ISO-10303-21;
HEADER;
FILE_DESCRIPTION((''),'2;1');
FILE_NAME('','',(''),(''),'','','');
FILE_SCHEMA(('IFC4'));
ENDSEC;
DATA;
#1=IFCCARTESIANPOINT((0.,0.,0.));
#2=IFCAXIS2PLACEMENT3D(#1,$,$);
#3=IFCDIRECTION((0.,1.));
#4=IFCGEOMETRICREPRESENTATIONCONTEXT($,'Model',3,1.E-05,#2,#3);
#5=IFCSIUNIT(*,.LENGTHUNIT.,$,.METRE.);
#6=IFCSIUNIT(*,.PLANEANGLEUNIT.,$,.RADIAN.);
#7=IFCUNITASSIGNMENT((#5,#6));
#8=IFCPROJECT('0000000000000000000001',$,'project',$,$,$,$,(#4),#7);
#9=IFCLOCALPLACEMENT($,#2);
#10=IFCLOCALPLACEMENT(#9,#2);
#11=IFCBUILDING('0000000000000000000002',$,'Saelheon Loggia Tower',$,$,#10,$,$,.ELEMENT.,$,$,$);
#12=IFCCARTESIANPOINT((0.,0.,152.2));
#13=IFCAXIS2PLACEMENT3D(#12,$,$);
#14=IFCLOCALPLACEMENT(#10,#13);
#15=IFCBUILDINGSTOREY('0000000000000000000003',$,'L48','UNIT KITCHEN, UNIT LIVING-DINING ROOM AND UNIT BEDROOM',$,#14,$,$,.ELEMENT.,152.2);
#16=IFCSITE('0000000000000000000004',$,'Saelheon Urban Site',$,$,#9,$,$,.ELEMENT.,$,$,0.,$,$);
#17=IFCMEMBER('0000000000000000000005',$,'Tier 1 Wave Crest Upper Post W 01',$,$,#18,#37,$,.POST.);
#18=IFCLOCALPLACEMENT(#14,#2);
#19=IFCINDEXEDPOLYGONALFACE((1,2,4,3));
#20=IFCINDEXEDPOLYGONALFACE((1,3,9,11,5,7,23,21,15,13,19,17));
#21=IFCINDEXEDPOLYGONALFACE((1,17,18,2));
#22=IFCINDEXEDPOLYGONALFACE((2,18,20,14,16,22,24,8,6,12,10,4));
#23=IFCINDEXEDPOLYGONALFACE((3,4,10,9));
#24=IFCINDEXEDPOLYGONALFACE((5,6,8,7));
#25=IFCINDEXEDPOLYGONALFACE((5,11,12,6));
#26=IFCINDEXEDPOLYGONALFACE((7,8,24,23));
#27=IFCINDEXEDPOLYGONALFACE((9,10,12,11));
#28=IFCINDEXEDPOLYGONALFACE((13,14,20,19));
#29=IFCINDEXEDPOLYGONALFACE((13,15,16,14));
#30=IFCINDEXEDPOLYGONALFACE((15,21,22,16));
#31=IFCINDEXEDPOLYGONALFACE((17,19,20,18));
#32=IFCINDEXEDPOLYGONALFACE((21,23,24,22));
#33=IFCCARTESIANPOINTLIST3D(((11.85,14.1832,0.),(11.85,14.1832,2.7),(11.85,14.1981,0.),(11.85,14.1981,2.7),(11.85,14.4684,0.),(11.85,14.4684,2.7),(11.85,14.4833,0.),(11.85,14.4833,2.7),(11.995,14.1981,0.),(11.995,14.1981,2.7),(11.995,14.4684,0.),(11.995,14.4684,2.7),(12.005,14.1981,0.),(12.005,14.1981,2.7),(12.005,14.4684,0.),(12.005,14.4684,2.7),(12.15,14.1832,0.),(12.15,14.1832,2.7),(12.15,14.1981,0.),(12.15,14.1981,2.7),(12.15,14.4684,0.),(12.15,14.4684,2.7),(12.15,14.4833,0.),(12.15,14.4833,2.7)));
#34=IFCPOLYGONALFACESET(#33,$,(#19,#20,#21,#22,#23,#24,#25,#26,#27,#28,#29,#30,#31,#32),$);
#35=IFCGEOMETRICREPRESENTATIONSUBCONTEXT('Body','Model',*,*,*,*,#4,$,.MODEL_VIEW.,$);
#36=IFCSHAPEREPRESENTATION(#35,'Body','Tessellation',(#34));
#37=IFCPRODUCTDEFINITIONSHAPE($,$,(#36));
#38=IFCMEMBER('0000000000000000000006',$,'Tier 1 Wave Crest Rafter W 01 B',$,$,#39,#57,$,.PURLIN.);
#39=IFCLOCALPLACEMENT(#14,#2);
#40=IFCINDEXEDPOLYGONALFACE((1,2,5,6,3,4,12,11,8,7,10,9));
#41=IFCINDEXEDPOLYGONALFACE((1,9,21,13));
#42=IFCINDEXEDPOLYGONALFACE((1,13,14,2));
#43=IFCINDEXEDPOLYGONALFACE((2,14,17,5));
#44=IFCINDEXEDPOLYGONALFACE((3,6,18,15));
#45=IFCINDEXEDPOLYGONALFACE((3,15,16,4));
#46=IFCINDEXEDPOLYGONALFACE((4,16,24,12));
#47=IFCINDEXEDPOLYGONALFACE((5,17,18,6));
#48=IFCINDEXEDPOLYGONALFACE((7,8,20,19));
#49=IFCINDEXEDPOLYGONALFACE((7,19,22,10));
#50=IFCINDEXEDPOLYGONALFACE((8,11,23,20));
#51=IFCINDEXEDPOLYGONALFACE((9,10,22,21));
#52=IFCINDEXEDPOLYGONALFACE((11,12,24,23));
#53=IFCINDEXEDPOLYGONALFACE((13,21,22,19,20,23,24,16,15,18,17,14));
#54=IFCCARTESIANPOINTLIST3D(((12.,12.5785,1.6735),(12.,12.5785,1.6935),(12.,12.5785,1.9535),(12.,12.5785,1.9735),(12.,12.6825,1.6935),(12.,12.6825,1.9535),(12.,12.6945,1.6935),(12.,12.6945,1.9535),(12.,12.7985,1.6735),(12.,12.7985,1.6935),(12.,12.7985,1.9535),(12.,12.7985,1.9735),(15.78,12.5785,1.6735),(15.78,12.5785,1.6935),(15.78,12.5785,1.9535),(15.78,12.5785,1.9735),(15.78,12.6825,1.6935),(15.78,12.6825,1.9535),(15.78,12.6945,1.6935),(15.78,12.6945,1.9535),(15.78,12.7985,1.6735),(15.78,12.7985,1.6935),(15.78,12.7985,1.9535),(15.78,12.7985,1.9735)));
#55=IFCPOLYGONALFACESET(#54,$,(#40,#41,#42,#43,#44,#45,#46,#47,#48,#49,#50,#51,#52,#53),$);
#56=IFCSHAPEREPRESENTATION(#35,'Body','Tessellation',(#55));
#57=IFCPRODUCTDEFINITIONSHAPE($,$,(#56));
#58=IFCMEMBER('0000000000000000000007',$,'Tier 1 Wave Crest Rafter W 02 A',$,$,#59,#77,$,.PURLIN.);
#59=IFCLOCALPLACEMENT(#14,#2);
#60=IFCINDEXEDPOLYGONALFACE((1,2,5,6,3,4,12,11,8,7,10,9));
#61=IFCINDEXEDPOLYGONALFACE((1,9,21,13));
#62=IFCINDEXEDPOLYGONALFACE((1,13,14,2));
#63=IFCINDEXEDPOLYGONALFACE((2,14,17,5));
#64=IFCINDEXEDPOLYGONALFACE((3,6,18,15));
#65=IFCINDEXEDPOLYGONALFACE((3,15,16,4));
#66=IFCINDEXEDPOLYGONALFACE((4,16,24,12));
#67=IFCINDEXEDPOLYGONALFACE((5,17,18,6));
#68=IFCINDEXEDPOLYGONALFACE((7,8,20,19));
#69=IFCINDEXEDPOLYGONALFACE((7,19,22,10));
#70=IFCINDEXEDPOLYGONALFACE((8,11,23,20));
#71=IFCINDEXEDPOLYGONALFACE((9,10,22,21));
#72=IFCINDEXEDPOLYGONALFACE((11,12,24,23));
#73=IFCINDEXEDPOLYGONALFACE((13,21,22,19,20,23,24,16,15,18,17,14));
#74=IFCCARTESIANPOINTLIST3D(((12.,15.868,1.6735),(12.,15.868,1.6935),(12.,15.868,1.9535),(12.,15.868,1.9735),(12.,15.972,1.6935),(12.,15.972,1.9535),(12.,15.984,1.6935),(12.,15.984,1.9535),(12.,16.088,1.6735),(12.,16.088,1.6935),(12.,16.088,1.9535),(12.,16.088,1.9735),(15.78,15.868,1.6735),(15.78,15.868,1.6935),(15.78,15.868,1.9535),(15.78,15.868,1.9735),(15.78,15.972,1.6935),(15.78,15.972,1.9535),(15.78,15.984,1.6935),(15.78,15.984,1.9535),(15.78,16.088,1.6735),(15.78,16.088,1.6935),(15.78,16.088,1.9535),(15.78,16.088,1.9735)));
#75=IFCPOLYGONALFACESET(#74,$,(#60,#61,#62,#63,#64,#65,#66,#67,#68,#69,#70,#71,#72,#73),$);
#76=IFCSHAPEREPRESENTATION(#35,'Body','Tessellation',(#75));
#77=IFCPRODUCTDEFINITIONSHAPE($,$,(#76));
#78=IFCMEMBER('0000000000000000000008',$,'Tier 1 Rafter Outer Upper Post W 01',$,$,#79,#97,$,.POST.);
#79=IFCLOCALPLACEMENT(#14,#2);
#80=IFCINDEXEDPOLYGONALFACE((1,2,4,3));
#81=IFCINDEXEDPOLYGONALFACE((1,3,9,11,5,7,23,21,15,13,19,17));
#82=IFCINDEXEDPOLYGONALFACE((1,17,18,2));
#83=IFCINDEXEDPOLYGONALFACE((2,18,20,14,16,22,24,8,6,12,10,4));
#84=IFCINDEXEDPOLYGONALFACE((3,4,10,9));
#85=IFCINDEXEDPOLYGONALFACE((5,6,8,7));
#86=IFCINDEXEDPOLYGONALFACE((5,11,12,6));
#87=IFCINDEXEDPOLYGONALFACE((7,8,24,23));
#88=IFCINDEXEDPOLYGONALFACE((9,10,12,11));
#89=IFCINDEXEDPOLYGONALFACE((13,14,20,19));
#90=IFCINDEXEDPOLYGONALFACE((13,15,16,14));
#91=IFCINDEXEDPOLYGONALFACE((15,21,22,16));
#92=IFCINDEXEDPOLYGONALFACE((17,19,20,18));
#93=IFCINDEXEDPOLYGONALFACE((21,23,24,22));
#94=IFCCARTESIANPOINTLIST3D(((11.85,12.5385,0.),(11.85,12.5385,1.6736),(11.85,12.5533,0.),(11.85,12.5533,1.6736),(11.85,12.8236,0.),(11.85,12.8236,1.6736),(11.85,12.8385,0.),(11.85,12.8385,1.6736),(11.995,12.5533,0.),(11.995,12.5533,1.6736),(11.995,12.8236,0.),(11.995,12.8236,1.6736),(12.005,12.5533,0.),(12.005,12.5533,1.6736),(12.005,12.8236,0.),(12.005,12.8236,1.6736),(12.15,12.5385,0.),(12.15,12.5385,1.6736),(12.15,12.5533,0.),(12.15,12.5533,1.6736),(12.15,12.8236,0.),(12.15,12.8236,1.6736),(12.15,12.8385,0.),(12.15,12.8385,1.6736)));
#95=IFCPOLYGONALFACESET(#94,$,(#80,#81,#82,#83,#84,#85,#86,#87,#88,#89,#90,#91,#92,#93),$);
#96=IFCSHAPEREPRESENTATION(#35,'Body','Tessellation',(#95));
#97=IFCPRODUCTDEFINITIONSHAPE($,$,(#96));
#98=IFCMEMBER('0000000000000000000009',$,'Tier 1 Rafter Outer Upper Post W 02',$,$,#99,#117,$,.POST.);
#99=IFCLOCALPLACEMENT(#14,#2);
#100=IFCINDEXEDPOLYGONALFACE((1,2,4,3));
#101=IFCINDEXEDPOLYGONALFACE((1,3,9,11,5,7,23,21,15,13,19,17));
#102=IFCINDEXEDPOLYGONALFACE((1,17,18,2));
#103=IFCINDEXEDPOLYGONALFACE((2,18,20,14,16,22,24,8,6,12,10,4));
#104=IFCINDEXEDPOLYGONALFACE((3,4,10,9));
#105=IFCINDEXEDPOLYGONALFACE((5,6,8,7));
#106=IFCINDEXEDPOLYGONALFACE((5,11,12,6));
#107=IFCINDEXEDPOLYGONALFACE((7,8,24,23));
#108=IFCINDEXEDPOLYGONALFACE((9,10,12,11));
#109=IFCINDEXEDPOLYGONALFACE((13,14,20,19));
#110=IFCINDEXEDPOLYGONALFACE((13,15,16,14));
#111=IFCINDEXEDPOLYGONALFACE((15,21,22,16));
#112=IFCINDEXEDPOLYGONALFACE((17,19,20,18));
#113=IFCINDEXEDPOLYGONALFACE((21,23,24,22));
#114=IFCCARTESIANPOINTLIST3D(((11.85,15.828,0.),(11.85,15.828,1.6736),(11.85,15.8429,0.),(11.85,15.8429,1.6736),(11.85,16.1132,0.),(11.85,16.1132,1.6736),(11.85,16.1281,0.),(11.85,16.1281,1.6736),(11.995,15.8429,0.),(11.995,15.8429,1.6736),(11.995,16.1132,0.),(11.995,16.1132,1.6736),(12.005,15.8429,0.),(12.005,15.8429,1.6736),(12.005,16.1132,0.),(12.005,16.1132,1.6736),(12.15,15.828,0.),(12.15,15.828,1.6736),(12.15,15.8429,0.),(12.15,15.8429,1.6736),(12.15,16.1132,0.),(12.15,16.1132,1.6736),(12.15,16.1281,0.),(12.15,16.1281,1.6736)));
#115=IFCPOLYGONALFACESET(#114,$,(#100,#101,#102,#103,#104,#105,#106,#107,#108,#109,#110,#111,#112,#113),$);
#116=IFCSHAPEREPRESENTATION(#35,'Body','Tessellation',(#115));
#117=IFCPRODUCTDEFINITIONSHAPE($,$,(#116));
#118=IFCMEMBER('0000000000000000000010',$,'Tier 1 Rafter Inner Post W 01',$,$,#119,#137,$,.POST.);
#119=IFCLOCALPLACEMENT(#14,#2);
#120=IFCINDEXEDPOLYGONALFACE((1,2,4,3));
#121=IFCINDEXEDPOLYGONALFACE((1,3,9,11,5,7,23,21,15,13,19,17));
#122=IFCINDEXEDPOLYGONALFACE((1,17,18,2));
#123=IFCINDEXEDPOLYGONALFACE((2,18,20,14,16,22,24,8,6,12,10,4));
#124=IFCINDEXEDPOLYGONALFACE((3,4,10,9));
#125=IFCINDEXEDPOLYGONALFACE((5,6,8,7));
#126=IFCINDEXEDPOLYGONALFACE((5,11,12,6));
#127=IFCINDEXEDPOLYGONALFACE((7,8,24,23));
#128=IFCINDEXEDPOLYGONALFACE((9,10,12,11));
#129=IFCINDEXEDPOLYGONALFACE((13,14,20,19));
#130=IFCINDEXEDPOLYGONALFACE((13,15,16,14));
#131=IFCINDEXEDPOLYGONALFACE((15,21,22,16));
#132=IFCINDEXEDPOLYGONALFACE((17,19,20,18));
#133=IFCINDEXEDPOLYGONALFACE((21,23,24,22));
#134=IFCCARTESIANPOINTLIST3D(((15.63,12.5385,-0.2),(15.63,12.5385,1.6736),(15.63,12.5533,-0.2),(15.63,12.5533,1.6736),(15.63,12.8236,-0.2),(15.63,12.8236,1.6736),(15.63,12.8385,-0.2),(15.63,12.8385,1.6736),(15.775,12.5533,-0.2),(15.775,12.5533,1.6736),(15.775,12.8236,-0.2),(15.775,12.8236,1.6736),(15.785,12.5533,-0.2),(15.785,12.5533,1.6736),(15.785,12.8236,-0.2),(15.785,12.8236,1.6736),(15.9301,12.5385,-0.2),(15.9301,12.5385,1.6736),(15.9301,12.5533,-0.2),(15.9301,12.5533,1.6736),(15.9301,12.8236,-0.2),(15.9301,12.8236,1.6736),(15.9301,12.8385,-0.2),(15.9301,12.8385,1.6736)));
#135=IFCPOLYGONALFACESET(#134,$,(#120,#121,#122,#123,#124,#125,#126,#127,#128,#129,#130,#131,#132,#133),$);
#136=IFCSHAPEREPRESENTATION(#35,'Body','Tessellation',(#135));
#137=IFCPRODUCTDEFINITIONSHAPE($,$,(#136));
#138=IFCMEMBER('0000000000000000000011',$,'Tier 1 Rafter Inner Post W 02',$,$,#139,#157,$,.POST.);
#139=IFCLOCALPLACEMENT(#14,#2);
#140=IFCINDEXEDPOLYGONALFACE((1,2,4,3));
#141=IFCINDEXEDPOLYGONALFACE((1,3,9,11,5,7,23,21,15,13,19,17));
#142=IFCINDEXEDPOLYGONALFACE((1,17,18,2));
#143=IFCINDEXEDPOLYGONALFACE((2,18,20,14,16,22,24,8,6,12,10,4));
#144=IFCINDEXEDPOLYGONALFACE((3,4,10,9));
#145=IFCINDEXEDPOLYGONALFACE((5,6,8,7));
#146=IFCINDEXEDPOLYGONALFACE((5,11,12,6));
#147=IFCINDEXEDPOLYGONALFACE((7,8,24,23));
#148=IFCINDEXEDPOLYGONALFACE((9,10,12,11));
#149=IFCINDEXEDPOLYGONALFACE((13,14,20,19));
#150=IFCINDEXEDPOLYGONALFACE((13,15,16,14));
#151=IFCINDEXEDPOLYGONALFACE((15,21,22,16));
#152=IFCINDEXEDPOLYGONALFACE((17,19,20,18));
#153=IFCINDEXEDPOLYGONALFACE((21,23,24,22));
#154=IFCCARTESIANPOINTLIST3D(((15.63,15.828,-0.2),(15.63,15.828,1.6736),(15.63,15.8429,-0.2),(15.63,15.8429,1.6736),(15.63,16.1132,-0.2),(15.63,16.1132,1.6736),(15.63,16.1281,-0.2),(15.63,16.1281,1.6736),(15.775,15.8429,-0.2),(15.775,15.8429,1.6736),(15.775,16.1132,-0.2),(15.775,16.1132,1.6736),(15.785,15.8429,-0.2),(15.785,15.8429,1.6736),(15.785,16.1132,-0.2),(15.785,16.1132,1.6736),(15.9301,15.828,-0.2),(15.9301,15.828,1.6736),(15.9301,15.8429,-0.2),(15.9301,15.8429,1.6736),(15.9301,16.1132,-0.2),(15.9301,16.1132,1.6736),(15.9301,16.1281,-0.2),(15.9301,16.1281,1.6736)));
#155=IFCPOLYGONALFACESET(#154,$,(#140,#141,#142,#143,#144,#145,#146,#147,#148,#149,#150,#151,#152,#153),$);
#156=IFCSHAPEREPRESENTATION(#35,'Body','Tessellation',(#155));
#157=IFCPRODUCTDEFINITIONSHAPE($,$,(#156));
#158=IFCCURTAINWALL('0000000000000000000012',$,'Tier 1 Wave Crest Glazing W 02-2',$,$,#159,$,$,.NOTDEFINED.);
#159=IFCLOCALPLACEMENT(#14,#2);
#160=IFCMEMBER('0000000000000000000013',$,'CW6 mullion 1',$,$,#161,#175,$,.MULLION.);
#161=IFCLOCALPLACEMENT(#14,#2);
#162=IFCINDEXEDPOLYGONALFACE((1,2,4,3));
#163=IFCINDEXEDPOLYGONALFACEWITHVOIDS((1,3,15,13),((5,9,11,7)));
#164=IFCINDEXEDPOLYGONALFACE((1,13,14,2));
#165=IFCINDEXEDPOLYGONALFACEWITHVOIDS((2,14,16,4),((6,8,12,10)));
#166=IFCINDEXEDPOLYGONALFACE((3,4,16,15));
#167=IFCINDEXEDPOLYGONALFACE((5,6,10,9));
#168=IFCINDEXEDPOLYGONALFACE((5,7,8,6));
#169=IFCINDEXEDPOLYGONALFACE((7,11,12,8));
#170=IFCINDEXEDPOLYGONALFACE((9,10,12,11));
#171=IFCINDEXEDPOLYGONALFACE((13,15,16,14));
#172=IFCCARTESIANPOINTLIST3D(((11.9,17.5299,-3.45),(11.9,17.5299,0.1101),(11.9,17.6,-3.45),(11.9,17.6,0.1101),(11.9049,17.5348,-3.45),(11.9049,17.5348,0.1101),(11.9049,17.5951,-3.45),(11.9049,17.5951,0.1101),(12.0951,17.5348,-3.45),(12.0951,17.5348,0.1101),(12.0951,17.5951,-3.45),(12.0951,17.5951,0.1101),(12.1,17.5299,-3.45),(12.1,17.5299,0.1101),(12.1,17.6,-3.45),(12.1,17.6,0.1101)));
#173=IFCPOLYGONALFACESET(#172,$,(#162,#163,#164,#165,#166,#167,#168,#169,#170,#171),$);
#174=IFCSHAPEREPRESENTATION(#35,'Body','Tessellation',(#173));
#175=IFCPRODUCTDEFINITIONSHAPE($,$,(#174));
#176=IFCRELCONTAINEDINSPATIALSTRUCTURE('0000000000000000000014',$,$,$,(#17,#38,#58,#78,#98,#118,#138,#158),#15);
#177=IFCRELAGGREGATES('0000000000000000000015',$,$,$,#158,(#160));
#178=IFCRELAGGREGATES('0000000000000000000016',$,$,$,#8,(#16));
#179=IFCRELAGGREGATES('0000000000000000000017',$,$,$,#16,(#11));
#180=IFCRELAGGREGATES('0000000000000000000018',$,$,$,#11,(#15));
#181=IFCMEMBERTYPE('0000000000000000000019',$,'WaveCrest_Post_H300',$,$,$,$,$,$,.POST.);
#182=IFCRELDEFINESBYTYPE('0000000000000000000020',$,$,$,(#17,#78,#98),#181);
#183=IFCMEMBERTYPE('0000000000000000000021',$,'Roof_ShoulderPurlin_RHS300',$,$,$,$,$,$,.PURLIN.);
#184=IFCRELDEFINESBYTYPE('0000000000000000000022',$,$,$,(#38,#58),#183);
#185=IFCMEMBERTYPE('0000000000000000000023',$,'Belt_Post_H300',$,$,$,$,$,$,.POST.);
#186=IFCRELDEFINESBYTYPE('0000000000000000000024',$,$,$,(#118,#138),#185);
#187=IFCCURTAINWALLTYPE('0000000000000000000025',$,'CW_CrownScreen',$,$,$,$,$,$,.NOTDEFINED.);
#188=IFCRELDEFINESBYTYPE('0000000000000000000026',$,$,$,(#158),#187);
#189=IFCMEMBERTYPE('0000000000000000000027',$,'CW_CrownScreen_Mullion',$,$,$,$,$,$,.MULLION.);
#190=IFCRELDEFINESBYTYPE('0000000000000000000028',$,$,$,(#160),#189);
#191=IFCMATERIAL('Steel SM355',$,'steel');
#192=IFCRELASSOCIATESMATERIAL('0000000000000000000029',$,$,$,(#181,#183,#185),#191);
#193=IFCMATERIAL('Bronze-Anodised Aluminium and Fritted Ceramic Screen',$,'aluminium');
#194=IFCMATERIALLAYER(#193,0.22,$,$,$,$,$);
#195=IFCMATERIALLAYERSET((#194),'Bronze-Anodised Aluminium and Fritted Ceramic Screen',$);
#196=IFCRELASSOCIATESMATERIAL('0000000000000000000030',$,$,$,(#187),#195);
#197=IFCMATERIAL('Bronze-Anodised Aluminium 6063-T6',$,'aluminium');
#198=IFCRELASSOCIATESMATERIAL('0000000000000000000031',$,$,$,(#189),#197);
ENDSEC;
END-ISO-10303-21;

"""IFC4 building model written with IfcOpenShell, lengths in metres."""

from ifc_helpers import new_model, si_unit, direction, frame, origin, origin_2d, place, context, subcontext, project, spatial, hollow_rectangle, i_section, extrude, source, transform, mapped, material, layer, layer_set, material_profile, profile_set, type_object, element, aggregate, save


model = new_model("IFC4")

# Units and contexts
model_context = context("Model", 3, precision=1e-05, world=origin(), true_north=direction((0.0, 1.0)))
body_context = subcontext(model_context, "Body", "Model", "MODEL_VIEW")
ifc_project = project(units=[si_unit("LENGTHUNIT", "METRE"), si_unit("PLANEANGLEUNIT", "RADIAN")], contexts=[model_context])

# Site, building, storey
site_placement = place(None, origin())
site = spatial("IfcSite", under=ifc_project, at=site_placement, Name="Saelheon Urban Site", CompositionType="ELEMENT", RefElevation=0.0)
building_placement = place(site_placement, origin())
building = spatial("IfcBuilding", under=site, at=building_placement, Name="Saelheon Loggia Tower", CompositionType="ELEMENT")
storey_placement = place(building_placement, frame((0.0, 0.0, 152.2)))
storey = spatial("IfcBuildingStorey", under=building, at=storey_placement, Name="L48", Description="UNIT KITCHEN, UNIT LIVING-DINING ROOM AND UNIT BEDROOM", CompositionType="ELEMENT", Elevation=152.2)

# Members
ifc_material_1 = material(Name="Steel SM355", Category="steel")
ifc_material_profile_1 = material_profile(ifc_material_1, i_section(OverallWidth=0.3, OverallDepth=0.3, WebThickness=0.01, FlangeThickness=0.0149, at=origin_2d()), Name="H-300x300x10x15")
ifc_profile_set_1 = profile_set([ifc_material_profile_1], Name="Steel SM355")
member_type_1 = type_object("IfcMemberType", Name="WaveCrest_Post_H300", PredefinedType="POST", material=ifc_profile_set_1)
shared_shape_1 = source(origin(), body_context, "Body", "SweptSolid", [
    extrude(i_section(OverallWidth=0.3, OverallDepth=0.3, WebThickness=0.01, FlangeThickness=0.0149, at=origin_2d()), origin(), (0.0, 0.0, 1.0), 2.7),
])
member_1_placement = place(storey_placement, frame((12.0, 14.3333, 0.0), z_axis=(0.0, 0.0, 1.0), x_axis=(1.0, 0.0, 0.0)))
element("IfcMember", 1, at=member_1_placement, inside=storey, type_object=member_type_1, Name="Tier 1 Wave Crest Upper Post W 01", PredefinedType="POST", context=body_context, shape_type="MappedRepresentation", body=[
    mapped(shared_shape_1, transform((0.0, 0.0, 0.0), scale=1.0)),
])
ifc_material_profile_2 = material_profile(ifc_material_1, i_section(OverallWidth=0.22, OverallDepth=0.3, WebThickness=0.012, FlangeThickness=0.02, at=origin_2d()), Name="H-300x220x12x20")
ifc_profile_set_2 = profile_set([ifc_material_profile_2], Name="Steel SM355")
member_type_2 = type_object("IfcMemberType", Name="Roof_ShoulderPurlin_RHS300", PredefinedType="PURLIN", material=ifc_profile_set_2)
shared_shape_2 = source(origin(), body_context, "Body", "SweptSolid", [
    extrude(i_section(OverallWidth=0.22, OverallDepth=0.3, WebThickness=0.012, FlangeThickness=0.02, at=origin_2d()), origin(), (0.0, 0.0, 1.0), 3.78),
])
for number, where, z_axis, x_axis, name in (
    (2, (12.0, 12.6885, 1.8235), (1.0, 0.0, 0.0), (0.0, 1.0, 0.0), "Tier 1 Wave Crest Rafter W 01 B"),
    (3, (12.0, 15.978, 1.8235), (1.0, 0.0, 0.0), (0.0, 1.0, 0.0), "Tier 1 Wave Crest Rafter W 02 A"),
):
    element("IfcMember", number, at=place(storey_placement, frame(where, z_axis=z_axis, x_axis=x_axis)), inside=storey, type_object=member_type_2, Name=name, PredefinedType="PURLIN", context=body_context, shape_type="MappedRepresentation", body=[
        mapped(shared_shape_2, transform((0.0, 0.0, 0.0), scale=1.0)),
    ])
shared_shape_3 = source(origin(), body_context, "Body", "SweptSolid", [
    extrude(i_section(OverallWidth=0.3, OverallDepth=0.3, WebThickness=0.01, FlangeThickness=0.0149, at=origin_2d()), origin(), (0.0, 0.0, 1.0), 1.6736),
])
for number, where, z_axis, x_axis, name in (
    (4, (12.0, 12.6885, 0.0), (0.0, 0.0, 1.0), (1.0, 0.0, 0.0), "Tier 1 Rafter Outer Upper Post W 01"),
    (5, (12.0, 15.978, 0.0), (0.0, 0.0, 1.0), (1.0, 0.0, 0.0), "Tier 1 Rafter Outer Upper Post W 02"),
):
    element("IfcMember", number, at=place(storey_placement, frame(where, z_axis=z_axis, x_axis=x_axis)), inside=storey, type_object=member_type_1, Name=name, PredefinedType="POST", context=body_context, shape_type="MappedRepresentation", body=[
        mapped(shared_shape_3, transform((0.0, 0.0, 0.0), scale=1.0)),
    ])
ifc_material_profile_3 = material_profile(ifc_material_1, i_section(OverallWidth=0.3, OverallDepth=0.3, WebThickness=0.01, FlangeThickness=0.0149, at=origin_2d()), Name="H-300x300x10x15")
ifc_profile_set_3 = profile_set([ifc_material_profile_3], Name="Steel SM355")
member_type_3 = type_object("IfcMemberType", Name="Belt_Post_H300", PredefinedType="POST", material=ifc_profile_set_3)
shared_shape_4 = source(origin(), body_context, "Body", "SweptSolid", [
    extrude(i_section(OverallWidth=0.3, OverallDepth=0.3, WebThickness=0.01, FlangeThickness=0.0149, at=origin_2d()), origin(), (0.0, 0.0, 1.0), 1.8735),
])
for number, where, z_axis, x_axis, name in (
    (6, (15.78, 12.6885, -0.2), (0.0, 0.0, 1.0), (1.0, 0.0, 0.0), "Tier 1 Rafter Inner Post W 01"),
    (7, (15.78, 15.978, -0.2), (0.0, 0.0, 1.0), (1.0, 0.0, 0.0), "Tier 1 Rafter Inner Post W 02"),
):
    element("IfcMember", number, at=place(storey_placement, frame(where, z_axis=z_axis, x_axis=x_axis)), inside=storey, type_object=member_type_3, Name=name, PredefinedType="POST", context=body_context, shape_type="MappedRepresentation", body=[
        mapped(shared_shape_4, transform((0.0, 0.0, 0.0), scale=1.0)),
    ])

# Curtain wall, member
ifc_material_2 = material(Name="Bronze-Anodised Aluminium and Fritted Ceramic Screen", Category="aluminium")
ifc_layer_1 = layer(ifc_material_2, 0.22)
ifc_layer_set_1 = layer_set([ifc_layer_1], Name="Bronze-Anodised Aluminium and Fritted Ceramic Screen")
curtain_wall_type = type_object("IfcCurtainWallType", Name="CW_CrownScreen", PredefinedType="NOTDEFINED", material=ifc_layer_set_1)
curtain_wall_1_placement = place(storey_placement, origin())
curtain_wall_1 = element("IfcCurtainWall", 8, at=curtain_wall_1_placement, inside=storey, type_object=curtain_wall_type, Name="Tier 1 Wave Crest Glazing W 02-2", PredefinedType="NOTDEFINED")
ifc_material_3 = material(Name="Bronze-Anodised Aluminium 6063-T6", Category="aluminium")
ifc_material_profile_4 = material_profile(ifc_material_3, hollow_rectangle(XDim=0.0701, YDim=0.2, WallThickness=0.0049, at=origin_2d()), Name="RHS-200x70x5")
ifc_profile_set_4 = profile_set([ifc_material_profile_4], Name="Bronze-Anodised Aluminium 6063-T6")
member_type_4 = type_object("IfcMemberType", Name="CW_CrownScreen_Mullion", PredefinedType="MULLION", material=ifc_profile_set_4)
shared_shape_5 = source(origin(), body_context, "Body", "SweptSolid", [
    extrude(hollow_rectangle(XDim=0.0701, YDim=0.2, WallThickness=0.0049, at=origin_2d()), origin(), (0.0, 0.0, 1.0), 3.5601),
])
member_2_placement = place(storey_placement, frame((12.0, 17.5649, -3.45), z_axis=(0.0, 0.0, 1.0), x_axis=(0.0, 1.0, 0.0)))
member_2 = element("IfcMember", 9, at=member_2_placement, type_object=member_type_4, Name="CW6 mullion 1", PredefinedType="MULLION", context=body_context, shape_type="MappedRepresentation", body=[
    mapped(shared_shape_5, transform((0.0, 0.0, 0.0), scale=1.0)),
])

aggregate(curtain_wall_1, [member_2])

save(model, "model.ifc")
